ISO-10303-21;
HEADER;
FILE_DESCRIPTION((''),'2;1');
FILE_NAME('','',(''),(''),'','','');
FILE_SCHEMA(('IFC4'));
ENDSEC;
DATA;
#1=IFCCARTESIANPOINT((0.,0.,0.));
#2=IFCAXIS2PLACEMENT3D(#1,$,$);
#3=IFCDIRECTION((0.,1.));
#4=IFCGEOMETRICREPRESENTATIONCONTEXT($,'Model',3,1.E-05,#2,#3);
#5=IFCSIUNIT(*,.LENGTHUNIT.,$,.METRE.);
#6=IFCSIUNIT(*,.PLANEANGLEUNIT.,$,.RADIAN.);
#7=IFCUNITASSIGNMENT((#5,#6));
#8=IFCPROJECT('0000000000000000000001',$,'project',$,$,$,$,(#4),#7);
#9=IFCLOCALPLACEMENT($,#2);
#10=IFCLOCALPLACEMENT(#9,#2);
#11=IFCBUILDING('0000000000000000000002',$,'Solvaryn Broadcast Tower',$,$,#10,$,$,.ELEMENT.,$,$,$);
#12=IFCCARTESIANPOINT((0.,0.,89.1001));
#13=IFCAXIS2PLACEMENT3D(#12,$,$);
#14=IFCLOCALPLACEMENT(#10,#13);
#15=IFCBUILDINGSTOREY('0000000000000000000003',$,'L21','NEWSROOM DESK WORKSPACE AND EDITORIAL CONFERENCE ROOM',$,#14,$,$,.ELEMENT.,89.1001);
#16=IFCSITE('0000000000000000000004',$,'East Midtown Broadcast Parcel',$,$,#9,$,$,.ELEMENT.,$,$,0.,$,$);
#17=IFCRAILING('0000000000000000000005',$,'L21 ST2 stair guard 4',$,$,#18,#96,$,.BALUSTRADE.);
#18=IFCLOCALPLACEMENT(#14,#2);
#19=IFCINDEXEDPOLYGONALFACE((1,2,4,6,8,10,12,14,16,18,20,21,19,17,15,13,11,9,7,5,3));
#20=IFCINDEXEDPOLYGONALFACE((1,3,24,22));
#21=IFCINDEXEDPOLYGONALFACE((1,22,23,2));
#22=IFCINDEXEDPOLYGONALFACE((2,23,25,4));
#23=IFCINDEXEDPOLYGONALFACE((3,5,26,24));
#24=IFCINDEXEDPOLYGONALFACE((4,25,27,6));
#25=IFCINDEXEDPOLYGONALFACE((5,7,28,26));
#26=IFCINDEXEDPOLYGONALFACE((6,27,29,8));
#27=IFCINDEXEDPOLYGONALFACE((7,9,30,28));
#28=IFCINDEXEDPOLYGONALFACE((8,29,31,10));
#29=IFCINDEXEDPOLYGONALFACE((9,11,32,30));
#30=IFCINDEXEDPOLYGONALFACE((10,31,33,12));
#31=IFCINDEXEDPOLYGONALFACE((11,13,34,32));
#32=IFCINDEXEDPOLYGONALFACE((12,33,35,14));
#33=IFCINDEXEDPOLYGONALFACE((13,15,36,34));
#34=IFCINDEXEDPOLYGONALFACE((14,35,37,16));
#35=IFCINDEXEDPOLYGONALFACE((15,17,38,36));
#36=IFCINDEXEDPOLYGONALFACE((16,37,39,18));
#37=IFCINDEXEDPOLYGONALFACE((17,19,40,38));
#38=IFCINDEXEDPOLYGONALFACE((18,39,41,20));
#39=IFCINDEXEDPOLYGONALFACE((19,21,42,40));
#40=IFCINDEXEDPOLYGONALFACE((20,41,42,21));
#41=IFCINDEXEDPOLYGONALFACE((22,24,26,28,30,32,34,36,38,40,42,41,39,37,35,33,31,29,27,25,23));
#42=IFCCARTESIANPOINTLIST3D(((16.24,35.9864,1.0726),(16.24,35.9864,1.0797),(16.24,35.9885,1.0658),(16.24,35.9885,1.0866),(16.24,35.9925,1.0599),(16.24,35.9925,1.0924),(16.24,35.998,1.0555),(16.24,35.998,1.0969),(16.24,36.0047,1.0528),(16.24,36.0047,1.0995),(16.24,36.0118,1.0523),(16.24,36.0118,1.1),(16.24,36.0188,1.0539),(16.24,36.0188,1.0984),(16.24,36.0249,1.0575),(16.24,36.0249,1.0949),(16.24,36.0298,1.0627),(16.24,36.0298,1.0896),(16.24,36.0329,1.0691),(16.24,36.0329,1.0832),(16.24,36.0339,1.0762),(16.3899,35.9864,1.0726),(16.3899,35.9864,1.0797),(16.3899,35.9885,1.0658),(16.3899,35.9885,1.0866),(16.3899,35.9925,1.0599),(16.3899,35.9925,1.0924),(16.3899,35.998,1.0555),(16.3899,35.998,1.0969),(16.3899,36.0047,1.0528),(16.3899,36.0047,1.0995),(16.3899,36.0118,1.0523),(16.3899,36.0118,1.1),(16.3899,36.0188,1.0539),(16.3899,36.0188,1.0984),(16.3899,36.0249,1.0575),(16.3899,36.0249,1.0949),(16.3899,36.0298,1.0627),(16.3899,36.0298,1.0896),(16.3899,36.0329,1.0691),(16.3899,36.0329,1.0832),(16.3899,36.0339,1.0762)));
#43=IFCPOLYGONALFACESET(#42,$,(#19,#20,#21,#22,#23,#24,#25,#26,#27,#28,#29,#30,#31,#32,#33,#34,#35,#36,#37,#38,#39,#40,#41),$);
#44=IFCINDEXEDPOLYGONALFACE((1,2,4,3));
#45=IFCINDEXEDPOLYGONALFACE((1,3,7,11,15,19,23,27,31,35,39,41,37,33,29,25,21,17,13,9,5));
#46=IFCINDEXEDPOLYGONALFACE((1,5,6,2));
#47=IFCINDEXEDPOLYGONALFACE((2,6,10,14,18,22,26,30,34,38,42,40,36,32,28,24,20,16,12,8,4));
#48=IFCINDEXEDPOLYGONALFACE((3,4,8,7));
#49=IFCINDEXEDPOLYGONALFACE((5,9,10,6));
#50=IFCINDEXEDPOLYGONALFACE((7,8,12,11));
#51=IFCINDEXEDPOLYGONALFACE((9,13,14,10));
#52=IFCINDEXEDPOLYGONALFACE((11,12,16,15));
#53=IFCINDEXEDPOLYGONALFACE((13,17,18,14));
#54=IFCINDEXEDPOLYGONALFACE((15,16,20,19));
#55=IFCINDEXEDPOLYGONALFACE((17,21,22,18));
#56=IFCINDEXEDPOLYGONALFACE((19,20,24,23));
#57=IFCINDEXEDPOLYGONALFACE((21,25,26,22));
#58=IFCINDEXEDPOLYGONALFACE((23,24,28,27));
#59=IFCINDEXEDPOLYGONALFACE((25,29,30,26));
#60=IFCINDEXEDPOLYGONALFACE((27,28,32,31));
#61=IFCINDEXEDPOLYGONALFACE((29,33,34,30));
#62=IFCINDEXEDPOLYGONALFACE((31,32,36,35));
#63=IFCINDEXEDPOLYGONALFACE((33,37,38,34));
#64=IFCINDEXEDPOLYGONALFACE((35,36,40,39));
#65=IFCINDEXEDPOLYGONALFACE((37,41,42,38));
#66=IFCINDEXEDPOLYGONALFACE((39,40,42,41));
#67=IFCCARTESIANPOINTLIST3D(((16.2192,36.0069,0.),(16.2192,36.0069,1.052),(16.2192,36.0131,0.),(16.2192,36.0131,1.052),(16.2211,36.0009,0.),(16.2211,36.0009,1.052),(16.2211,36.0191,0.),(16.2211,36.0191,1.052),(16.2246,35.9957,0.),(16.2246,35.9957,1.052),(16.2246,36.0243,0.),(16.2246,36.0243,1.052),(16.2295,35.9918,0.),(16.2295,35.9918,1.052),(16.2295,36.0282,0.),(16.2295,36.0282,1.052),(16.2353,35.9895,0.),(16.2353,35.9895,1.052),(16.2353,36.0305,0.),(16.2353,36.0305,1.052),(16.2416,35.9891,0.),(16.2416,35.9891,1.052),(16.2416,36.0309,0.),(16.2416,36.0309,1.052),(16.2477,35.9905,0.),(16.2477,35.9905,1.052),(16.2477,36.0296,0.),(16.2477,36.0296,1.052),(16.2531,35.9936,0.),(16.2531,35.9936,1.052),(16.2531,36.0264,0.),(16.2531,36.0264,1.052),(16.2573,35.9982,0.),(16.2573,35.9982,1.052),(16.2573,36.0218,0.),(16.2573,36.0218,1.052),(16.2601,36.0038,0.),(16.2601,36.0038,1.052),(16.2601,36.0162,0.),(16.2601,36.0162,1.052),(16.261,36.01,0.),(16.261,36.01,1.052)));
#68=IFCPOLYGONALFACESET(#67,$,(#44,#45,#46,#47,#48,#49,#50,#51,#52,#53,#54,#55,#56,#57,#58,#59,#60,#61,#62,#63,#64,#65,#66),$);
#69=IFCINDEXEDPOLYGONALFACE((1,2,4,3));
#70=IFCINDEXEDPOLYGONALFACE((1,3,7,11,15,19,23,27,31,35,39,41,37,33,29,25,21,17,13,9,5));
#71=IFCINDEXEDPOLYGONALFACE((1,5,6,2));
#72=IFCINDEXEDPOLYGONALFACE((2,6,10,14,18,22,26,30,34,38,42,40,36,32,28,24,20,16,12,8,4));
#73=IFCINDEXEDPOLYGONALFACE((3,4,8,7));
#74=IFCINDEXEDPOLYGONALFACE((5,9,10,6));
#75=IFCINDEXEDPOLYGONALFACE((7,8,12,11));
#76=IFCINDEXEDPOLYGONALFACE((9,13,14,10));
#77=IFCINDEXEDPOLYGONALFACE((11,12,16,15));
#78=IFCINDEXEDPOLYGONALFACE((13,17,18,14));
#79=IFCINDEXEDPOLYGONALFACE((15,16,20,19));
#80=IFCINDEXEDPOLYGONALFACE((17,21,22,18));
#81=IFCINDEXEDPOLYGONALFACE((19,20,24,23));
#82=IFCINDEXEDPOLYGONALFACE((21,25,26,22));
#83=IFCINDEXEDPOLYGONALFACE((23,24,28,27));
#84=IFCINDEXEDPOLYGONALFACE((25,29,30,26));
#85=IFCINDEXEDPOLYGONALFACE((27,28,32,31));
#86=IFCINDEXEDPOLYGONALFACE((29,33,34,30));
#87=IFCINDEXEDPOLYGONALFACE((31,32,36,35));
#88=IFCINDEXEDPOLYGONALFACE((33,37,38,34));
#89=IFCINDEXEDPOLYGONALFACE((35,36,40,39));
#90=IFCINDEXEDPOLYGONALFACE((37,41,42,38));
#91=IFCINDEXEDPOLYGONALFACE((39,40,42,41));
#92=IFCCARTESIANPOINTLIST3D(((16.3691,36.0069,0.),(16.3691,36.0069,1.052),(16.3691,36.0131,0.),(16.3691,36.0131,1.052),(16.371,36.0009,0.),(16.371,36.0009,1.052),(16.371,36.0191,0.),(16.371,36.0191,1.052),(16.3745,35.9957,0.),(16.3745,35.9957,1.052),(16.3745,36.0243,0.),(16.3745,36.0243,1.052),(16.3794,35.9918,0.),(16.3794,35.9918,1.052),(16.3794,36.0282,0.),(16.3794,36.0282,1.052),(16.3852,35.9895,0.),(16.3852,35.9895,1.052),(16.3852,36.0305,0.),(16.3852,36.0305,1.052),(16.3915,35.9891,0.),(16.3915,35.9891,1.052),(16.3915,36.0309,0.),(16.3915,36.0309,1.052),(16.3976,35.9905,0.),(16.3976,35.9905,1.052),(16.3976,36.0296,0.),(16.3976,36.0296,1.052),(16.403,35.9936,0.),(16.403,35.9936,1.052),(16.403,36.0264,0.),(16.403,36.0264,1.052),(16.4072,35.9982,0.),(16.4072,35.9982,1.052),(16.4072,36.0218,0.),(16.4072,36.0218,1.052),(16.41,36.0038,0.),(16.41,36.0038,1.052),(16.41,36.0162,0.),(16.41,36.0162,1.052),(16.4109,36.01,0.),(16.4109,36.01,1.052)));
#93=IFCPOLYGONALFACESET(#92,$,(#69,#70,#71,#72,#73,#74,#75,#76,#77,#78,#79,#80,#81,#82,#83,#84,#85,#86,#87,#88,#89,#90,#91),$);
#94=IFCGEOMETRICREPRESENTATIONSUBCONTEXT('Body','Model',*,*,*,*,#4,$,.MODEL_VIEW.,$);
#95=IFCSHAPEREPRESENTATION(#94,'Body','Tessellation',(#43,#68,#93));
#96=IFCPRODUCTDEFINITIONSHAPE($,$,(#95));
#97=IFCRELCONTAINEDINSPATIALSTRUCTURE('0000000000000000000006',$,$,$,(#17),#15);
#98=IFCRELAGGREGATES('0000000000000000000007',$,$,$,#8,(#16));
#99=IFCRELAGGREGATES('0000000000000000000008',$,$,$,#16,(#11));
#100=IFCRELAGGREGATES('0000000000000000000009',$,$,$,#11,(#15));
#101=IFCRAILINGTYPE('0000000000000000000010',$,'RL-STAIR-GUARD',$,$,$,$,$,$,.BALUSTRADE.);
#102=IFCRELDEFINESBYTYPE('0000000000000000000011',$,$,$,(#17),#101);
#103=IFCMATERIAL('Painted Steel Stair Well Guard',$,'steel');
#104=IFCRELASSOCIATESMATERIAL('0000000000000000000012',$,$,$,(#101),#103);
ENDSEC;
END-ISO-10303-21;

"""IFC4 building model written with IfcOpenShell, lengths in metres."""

from ifc_helpers import new_model, si_unit, direction, frame, origin, origin_2d, place, context, subcontext, project, spatial, circle, extrude, material, type_object, element, save


model = new_model("IFC4")

# Units and contexts
model_context = context("Model", 3, precision=1e-05, world=origin(), true_north=direction((0.0, 1.0)))
body_context = subcontext(model_context, "Body", "Model", "MODEL_VIEW")
ifc_project = project(units=[si_unit("LENGTHUNIT", "METRE"), si_unit("PLANEANGLEUNIT", "RADIAN")], contexts=[model_context])

# Site, building, storey
site_placement = place(None, origin())
site = spatial("IfcSite", under=ifc_project, at=site_placement, Name="East Midtown Broadcast Parcel", CompositionType="ELEMENT", RefElevation=0.0)
building_placement = place(site_placement, origin())
building = spatial("IfcBuilding", under=site, at=building_placement, Name="Solvaryn Broadcast Tower", CompositionType="ELEMENT")
storey_placement = place(building_placement, frame((0.0, 0.0, 89.1001)))
storey = spatial("IfcBuildingStorey", under=building, at=storey_placement, Name="L21", Description="NEWSROOM DESK WORKSPACE AND EDITORIAL CONFERENCE ROOM", CompositionType="ELEMENT", Elevation=89.1001)

# Railing
ifc_material_1 = material(Name="Painted Steel Stair Well Guard", Category="steel")
railing_type_1 = type_object("IfcRailingType", Name="RL-STAIR-GUARD", PredefinedType="BALUSTRADE", material=ifc_material_1)
railing_1_placement = place(storey_placement, frame((16.24, 36.01, 0.0)))
element("IfcRailing", 1, at=railing_1_placement, inside=storey, type_object=railing_type_1, Name="L21 ST2 stair guard 4", PredefinedType="BALUSTRADE", context=body_context, shape_type="SweptSolid", body=[
    extrude(circle(Radius=0.0239, at=origin_2d()), frame((0.0, 0.0, 1.0762), z_axis=(1.0, 0.0, 0.0), x_axis=(0.0, 1.0, 0.0)), (0.0, 0.0, 1.0), 0.1499),
    extrude(circle(Radius=0.021, at=origin_2d()), origin(), (0.0, 0.0, 1.0), 1.052),
    extrude(circle(Radius=0.021, at=origin_2d()), frame((0.1499, 0.0, 0.0)), (0.0, 0.0, 1.0), 1.052),
])

save(model, "model.ifc")
